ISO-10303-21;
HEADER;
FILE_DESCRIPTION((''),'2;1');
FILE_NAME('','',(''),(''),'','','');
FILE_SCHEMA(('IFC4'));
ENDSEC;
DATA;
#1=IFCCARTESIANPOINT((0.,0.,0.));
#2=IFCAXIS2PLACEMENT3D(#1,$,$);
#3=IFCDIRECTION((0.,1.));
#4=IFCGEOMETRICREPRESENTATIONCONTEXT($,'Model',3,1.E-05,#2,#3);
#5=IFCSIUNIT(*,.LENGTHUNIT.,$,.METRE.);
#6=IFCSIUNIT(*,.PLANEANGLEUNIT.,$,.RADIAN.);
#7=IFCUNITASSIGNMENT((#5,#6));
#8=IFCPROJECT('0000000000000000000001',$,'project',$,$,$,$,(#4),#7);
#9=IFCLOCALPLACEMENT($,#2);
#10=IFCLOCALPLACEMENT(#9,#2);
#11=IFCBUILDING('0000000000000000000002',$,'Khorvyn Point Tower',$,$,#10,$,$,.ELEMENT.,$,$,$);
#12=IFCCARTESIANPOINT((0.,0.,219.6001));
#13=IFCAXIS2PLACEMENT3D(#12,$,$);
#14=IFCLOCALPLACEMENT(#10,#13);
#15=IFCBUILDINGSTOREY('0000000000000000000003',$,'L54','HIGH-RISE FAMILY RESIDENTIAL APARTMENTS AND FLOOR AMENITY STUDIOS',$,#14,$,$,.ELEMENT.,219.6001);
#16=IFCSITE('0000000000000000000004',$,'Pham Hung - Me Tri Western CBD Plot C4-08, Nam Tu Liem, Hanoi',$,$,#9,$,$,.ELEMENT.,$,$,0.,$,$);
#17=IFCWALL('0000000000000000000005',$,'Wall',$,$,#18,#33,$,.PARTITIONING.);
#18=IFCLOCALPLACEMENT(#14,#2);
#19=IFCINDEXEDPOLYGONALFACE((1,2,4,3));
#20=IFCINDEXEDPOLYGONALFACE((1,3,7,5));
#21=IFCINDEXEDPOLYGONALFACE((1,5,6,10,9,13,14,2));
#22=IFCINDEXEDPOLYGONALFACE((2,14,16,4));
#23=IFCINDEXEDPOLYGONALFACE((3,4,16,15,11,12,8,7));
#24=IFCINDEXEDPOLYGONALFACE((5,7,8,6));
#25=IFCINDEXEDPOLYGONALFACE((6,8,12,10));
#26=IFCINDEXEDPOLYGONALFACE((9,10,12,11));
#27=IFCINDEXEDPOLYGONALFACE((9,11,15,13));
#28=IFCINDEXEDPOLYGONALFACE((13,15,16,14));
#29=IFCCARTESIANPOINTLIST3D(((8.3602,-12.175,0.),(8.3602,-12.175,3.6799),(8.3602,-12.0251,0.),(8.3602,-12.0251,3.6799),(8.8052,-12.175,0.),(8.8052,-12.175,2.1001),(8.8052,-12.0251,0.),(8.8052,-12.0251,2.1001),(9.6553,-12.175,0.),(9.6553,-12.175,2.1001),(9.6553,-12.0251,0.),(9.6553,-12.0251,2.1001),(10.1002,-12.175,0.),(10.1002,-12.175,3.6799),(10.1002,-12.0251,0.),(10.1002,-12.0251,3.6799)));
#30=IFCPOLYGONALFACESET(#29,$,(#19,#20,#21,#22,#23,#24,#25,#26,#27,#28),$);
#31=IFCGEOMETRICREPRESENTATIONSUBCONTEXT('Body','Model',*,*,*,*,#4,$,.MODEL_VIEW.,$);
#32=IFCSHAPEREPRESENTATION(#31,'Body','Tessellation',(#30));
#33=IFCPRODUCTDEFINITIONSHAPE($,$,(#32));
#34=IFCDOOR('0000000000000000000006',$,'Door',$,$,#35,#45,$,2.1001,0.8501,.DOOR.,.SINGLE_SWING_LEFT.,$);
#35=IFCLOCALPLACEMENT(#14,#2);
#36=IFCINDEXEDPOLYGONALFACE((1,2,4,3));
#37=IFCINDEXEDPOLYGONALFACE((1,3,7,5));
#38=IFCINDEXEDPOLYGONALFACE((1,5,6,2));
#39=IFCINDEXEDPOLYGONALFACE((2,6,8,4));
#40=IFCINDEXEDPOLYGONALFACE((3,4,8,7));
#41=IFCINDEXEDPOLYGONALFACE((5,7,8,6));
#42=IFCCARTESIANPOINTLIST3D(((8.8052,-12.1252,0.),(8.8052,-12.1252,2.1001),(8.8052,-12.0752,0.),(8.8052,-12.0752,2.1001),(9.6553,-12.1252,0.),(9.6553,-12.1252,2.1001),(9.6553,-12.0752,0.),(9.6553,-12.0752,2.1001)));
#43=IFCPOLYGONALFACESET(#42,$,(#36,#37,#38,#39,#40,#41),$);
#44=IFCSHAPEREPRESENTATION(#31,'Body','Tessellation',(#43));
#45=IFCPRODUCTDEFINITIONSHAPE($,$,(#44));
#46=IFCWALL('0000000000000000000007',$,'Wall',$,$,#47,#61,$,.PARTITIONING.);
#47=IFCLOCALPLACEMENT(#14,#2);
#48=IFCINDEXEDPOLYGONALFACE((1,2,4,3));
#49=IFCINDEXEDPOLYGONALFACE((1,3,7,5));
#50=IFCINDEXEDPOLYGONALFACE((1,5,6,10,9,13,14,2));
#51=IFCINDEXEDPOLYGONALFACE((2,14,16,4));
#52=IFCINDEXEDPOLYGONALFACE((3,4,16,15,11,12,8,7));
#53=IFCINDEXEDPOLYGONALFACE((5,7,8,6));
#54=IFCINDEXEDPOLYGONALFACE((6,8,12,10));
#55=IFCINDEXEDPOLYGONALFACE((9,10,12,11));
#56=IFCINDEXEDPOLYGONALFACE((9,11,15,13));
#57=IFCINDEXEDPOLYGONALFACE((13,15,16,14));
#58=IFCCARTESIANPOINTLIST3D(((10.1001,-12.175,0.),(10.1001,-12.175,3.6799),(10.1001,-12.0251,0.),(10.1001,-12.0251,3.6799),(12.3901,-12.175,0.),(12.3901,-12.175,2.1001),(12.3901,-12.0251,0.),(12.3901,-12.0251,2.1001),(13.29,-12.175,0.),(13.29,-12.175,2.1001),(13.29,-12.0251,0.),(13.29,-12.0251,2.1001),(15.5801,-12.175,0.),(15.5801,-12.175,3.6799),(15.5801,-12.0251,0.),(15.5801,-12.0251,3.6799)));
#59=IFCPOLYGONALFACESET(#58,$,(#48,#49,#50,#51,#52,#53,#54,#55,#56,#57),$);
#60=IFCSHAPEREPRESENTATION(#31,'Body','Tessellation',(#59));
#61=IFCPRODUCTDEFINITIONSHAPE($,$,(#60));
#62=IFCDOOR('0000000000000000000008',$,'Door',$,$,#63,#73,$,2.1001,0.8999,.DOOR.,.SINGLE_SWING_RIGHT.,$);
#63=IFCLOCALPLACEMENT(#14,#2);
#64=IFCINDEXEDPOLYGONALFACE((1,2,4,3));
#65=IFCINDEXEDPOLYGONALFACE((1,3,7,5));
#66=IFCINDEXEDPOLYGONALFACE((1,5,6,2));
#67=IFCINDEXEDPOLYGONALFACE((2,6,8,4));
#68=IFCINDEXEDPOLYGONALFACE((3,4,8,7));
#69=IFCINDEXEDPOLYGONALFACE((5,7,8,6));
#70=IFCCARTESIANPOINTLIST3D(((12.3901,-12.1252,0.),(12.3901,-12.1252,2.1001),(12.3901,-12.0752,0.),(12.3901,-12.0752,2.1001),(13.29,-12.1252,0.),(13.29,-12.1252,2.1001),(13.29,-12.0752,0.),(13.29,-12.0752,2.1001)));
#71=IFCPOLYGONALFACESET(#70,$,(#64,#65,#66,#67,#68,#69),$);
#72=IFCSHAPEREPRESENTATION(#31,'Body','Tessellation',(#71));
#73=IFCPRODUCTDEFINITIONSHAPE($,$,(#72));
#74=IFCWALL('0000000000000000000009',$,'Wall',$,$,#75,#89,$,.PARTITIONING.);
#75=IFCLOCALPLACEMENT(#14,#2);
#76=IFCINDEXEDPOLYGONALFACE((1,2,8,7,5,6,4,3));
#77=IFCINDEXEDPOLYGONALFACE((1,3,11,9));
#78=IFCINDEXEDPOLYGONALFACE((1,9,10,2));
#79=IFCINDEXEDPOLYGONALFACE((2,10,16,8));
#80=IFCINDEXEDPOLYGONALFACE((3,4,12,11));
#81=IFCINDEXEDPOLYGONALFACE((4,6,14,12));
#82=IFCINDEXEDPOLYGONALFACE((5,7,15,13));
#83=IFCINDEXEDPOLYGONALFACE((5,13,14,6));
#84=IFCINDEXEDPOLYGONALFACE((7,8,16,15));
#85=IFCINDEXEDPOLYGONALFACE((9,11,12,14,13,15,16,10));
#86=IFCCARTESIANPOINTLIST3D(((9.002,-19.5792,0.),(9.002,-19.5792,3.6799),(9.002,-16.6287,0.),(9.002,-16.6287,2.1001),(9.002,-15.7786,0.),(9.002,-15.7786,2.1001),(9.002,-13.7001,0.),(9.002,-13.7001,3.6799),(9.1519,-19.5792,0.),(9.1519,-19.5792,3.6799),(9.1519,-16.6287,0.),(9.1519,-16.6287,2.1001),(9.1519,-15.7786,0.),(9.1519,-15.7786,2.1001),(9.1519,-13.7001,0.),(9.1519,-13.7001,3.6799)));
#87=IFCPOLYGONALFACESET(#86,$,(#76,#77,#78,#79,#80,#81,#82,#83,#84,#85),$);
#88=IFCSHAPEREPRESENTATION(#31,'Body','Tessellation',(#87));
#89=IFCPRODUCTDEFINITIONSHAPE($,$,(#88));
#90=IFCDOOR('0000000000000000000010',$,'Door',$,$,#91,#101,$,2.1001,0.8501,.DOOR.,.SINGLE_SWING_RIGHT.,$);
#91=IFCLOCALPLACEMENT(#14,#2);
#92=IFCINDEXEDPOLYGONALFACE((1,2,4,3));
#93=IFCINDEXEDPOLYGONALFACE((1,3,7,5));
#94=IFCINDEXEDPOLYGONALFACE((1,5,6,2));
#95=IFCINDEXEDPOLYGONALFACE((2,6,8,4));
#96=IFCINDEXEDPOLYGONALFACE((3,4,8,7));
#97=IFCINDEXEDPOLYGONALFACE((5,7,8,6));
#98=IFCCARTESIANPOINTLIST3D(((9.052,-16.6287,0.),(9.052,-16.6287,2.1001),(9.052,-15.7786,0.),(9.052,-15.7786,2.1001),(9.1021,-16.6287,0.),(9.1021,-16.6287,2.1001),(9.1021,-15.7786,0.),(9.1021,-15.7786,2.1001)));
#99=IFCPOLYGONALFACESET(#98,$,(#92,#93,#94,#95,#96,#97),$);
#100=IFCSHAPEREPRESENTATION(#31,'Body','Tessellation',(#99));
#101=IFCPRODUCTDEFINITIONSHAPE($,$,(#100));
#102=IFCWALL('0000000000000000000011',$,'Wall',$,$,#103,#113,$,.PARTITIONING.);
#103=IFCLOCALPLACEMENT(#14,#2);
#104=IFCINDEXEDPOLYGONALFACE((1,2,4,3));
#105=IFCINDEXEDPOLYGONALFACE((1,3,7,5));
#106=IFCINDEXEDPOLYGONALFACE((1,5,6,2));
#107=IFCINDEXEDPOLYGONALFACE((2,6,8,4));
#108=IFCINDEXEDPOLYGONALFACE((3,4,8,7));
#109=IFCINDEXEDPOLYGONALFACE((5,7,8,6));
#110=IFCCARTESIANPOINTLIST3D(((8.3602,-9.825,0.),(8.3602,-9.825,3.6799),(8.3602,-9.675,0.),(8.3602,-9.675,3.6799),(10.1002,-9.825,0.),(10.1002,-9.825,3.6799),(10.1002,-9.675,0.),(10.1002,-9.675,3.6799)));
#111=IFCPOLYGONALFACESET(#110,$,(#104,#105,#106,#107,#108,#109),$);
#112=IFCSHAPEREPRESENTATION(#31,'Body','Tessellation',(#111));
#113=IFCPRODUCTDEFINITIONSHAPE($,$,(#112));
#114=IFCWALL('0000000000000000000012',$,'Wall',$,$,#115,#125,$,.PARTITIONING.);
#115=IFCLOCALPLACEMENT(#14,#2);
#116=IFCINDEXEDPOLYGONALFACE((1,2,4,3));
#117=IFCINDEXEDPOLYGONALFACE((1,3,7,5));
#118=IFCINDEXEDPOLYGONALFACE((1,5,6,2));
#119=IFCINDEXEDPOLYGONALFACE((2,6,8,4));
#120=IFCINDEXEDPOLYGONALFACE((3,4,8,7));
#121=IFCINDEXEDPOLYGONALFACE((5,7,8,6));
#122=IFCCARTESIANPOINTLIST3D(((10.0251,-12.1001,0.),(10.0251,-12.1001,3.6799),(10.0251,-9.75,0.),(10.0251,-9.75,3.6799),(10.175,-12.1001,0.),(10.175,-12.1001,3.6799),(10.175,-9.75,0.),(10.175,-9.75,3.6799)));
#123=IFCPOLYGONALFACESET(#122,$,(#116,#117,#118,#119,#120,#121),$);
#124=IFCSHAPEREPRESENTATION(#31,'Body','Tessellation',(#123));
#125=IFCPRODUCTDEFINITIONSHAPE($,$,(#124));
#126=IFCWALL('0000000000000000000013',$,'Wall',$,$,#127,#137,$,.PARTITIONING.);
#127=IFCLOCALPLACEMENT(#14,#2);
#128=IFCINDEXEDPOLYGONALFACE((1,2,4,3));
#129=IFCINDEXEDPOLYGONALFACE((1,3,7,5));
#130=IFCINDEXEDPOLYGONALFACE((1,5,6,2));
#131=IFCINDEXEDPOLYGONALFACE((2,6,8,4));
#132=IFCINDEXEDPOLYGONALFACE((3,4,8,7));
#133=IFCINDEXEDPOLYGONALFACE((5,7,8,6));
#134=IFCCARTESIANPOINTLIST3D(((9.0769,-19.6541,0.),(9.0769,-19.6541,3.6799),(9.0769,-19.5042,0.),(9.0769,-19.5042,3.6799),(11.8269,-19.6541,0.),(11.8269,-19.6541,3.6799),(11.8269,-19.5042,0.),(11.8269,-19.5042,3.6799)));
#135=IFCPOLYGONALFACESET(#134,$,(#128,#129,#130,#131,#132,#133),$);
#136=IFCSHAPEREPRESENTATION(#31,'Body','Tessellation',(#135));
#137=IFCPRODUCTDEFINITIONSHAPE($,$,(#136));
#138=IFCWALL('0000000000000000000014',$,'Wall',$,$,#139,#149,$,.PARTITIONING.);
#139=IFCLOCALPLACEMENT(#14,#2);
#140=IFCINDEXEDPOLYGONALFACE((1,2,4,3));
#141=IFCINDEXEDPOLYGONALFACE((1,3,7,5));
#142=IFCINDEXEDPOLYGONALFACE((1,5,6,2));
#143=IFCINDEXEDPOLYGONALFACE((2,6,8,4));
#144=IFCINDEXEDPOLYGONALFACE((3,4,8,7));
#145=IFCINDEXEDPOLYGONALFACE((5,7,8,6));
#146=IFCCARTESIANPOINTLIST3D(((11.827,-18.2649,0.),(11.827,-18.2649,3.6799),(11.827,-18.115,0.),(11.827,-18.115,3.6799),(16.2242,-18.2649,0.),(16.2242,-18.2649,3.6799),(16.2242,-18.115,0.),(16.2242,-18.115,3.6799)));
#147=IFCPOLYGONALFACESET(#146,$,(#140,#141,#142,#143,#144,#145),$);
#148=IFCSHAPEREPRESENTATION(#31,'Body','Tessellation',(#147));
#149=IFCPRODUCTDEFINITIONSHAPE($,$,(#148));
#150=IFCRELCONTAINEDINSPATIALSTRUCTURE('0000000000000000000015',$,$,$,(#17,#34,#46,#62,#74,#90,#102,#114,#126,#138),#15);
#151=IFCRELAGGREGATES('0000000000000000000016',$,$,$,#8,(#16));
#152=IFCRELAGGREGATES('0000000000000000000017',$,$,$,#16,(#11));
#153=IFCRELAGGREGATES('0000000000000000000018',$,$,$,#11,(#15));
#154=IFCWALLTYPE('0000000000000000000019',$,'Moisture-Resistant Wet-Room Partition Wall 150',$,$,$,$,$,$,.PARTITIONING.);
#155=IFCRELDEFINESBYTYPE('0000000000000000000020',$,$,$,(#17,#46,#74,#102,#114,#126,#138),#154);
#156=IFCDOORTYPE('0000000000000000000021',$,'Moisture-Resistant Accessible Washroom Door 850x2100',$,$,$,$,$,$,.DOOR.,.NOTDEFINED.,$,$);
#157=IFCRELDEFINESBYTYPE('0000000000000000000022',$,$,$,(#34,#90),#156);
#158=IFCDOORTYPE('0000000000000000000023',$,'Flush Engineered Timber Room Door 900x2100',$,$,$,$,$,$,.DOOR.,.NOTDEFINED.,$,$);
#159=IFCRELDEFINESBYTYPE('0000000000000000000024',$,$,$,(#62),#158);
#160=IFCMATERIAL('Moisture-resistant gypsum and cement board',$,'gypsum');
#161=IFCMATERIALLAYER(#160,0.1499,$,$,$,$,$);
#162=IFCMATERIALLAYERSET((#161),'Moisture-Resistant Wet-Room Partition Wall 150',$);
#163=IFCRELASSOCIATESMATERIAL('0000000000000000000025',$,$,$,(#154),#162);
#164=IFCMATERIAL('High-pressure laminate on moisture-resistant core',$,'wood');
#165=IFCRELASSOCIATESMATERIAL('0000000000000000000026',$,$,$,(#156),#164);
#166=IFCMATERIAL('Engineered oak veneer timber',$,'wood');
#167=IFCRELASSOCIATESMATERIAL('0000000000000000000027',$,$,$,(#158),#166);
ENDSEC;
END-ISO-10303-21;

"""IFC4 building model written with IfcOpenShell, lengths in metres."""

from ifc_helpers import new_model, si_unit, direction, frame, frame_2d, origin, place, context, subcontext, project, spatial, rectangle, extrude, material, layer, layer_set, type_object, element, fill, save


model = new_model("IFC4")

# Units and contexts
model_context = context("Model", 3, precision=1e-05, world=origin(), true_north=direction((0.0, 1.0)))
body_context = subcontext(model_context, "Body", "Model", "MODEL_VIEW")
ifc_project = project(units=[si_unit("LENGTHUNIT", "METRE"), si_unit("PLANEANGLEUNIT", "RADIAN")], contexts=[model_context])

# Site, building, storey
site_placement = place(None, origin())
site = spatial("IfcSite", under=ifc_project, at=site_placement, Name="Pham Hung - Me Tri Western CBD Plot C4-08, Nam Tu Liem, Hanoi", CompositionType="ELEMENT", RefElevation=0.0)
building_placement = place(site_placement, origin())
building = spatial("IfcBuilding", under=site, at=building_placement, Name="Khorvyn Point Tower", CompositionType="ELEMENT")
storey_placement = place(building_placement, frame((0.0, 0.0, 219.6001)))
storey = spatial("IfcBuildingStorey", under=building, at=storey_placement, Name="L54", Description="HIGH-RISE FAMILY RESIDENTIAL APARTMENTS AND FLOOR AMENITY STUDIOS", CompositionType="ELEMENT", Elevation=219.6001)

# Walls, openings, doors
ifc_material_1 = material(Name="Moisture-resistant gypsum and cement board", Category="gypsum")
ifc_layer_1 = layer(ifc_material_1, 0.1499)
ifc_layer_set_1 = layer_set([ifc_layer_1], Name="Moisture-Resistant Wet-Room Partition Wall 150")
wall_type_1 = type_object("IfcWallType", Name="Moisture-Resistant Wet-Room Partition Wall 150", PredefinedType="PARTITIONING", material=ifc_layer_set_1)
wall_1_placement = place(storey_placement, frame((8.3601, -12.1001, 0.0), z_axis=(0.0, 0.0, 1.0), x_axis=(1.0, 0.0, 0.0)))
wall_1 = element("IfcWall", 1, at=wall_1_placement, inside=storey, type_object=wall_type_1, Name="Wall", PredefinedType="PARTITIONING", context=body_context, shape_type="SweptSolid", body=[
    extrude(rectangle(XDim=1.74, YDim=0.1499, at=frame_2d((0.8701, 0.0))), origin(), (0.0, 0.0, 1.0), 3.6799),
])
opening_1_placement = place(wall_1_placement, frame((0.4451, 0.0, 0.0)))
opening_1 = element("IfcOpeningElement", 2, at=opening_1_placement, cuts=wall_1, PredefinedType="OPENING", context=body_context, shape_type="SweptSolid", body=[
    extrude(rectangle(XDim=0.8501, YDim=2.1001, at=frame_2d((0.425, 1.05))), frame((0.0, 0.085, 0.0), z_axis=(0.0, -1.0, 0.0), x_axis=(1.0, 0.0, 0.0)), (0.0, 0.0, 1.0), 0.1699),
])
ifc_material_2 = material(Name="High-pressure laminate on moisture-resistant core", Category="wood")
door_type_1 = type_object("IfcDoorType", Name="Moisture-Resistant Accessible Washroom Door 850x2100", OperationType="NOTDEFINED", PredefinedType="DOOR", material=ifc_material_2)
door_1_placement = place(opening_1_placement, origin())
door_1 = element("IfcDoor", 3, at=door_1_placement, inside=storey, type_object=door_type_1, Name="Door", OperationType="SINGLE_SWING_LEFT", OverallHeight=2.1001, OverallWidth=0.8501, PredefinedType="DOOR", context=body_context, shape_type="SweptSolid", body=[
    extrude(rectangle(XDim=0.8501, YDim=2.1001, at=frame_2d((0.425, 1.05))), frame((0.0, 0.0249, 0.0), z_axis=(0.0, -1.0, 0.0), x_axis=(1.0, 0.0, 0.0)), (0.0, 0.0, 1.0), 0.05),
])
fill(opening_1, door_1)
wall_2_placement = place(storey_placement, frame((10.1001, -12.1001, 0.0), z_axis=(0.0, 0.0, 1.0), x_axis=(1.0, 0.0, 0.0)))
wall_2 = element("IfcWall", 4, at=wall_2_placement, inside=storey, type_object=wall_type_1, Name="Wall", PredefinedType="PARTITIONING", context=body_context, shape_type="SweptSolid", body=[
    extrude(rectangle(XDim=5.48, YDim=0.1499, at=frame_2d((2.74, 0.0))), origin(), (0.0, 0.0, 1.0), 3.6799),
])
opening_2_placement = place(wall_2_placement, frame((2.29, 0.0, 0.0)))
opening_2 = element("IfcOpeningElement", 5, at=opening_2_placement, cuts=wall_2, PredefinedType="OPENING", context=body_context, shape_type="SweptSolid", body=[
    extrude(rectangle(XDim=0.8999, YDim=2.1001, at=frame_2d((0.45, 1.05))), frame((0.0, 0.085, 0.0), z_axis=(0.0, -1.0, 0.0), x_axis=(1.0, 0.0, 0.0)), (0.0, 0.0, 1.0), 0.1699),
])
ifc_material_3 = material(Name="Engineered oak veneer timber", Category="wood")
door_type_2 = type_object("IfcDoorType", Name="Flush Engineered Timber Room Door 900x2100", OperationType="NOTDEFINED", PredefinedType="DOOR", material=ifc_material_3)
door_2_placement = place(opening_2_placement, origin())
door_2 = element("IfcDoor", 6, at=door_2_placement, inside=storey, type_object=door_type_2, Name="Door", OperationType="SINGLE_SWING_RIGHT", OverallHeight=2.1001, OverallWidth=0.8999, PredefinedType="DOOR", context=body_context, shape_type="SweptSolid", body=[
    extrude(rectangle(XDim=0.8999, YDim=2.1001, at=frame_2d((0.45, 1.05))), frame((0.0, 0.0249, 0.0), z_axis=(0.0, -1.0, 0.0), x_axis=(1.0, 0.0, 0.0)), (0.0, 0.0, 1.0), 0.05),
])
fill(opening_2, door_2)
wall_3_placement = place(storey_placement, frame((9.0769, -19.5791, 0.0), z_axis=(0.0, 0.0, 1.0), x_axis=(0.0, 1.0, 0.0)))
wall_3 = element("IfcWall", 7, at=wall_3_placement, inside=storey, type_object=wall_type_1, Name="Wall", PredefinedType="PARTITIONING", context=body_context, shape_type="SweptSolid", body=[
    extrude(rectangle(XDim=5.8792, YDim=0.1499, at=frame_2d((2.9395, 0.0))), origin(), (0.0, 0.0, 1.0), 3.6799),
])
opening_3_placement = place(wall_3_placement, frame((2.9504, 0.0, 0.0)))
opening_3 = element("IfcOpeningElement", 8, at=opening_3_placement, cuts=wall_3, PredefinedType="OPENING", context=body_context, shape_type="SweptSolid", body=[
    extrude(rectangle(XDim=0.8501, YDim=2.1001, at=frame_2d((0.425, 1.05))), frame((0.0, 0.085, 0.0), z_axis=(0.0, -1.0, 0.0), x_axis=(1.0, 0.0, 0.0)), (0.0, 0.0, 1.0), 0.1699),
])
door_3_placement = place(opening_3_placement, origin())
door_3 = element("IfcDoor", 9, at=door_3_placement, inside=storey, type_object=door_type_1, Name="Door", OperationType="SINGLE_SWING_RIGHT", OverallHeight=2.1001, OverallWidth=0.8501, PredefinedType="DOOR", context=body_context, shape_type="SweptSolid", body=[
    extrude(rectangle(XDim=0.8501, YDim=2.1001, at=frame_2d((0.425, 1.05))), frame((0.0, 0.0249, 0.0), z_axis=(0.0, -1.0, 0.0), x_axis=(1.0, 0.0, 0.0)), (0.0, 0.0, 1.0), 0.05),
])
fill(opening_3, door_3)

# Walls
wall_4_placement = place(storey_placement, frame((8.3601, -9.75, 0.0), z_axis=(0.0, 0.0, 1.0), x_axis=(1.0, 0.0, 0.0)))
element("IfcWall", 10, at=wall_4_placement, inside=storey, type_object=wall_type_1, Name="Wall", PredefinedType="PARTITIONING", context=body_context, shape_type="SweptSolid", body=[
    extrude(rectangle(XDim=1.74, YDim=0.1499, at=frame_2d((0.8701, 0.0))), origin(), (0.0, 0.0, 1.0), 3.6799),
])
wall_5_placement = place(storey_placement, frame((10.1001, -12.1001, 0.0), z_axis=(0.0, 0.0, 1.0), x_axis=(0.0, 1.0, 0.0)))
element("IfcWall", 11, at=wall_5_placement, inside=storey, type_object=wall_type_1, Name="Wall", PredefinedType="PARTITIONING", context=body_context, shape_type="SweptSolid", body=[
    extrude(rectangle(XDim=2.3501, YDim=0.1499, at=frame_2d((1.175, 0.0))), origin(), (0.0, 0.0, 1.0), 3.6799),
])
wall_6_placement = place(storey_placement, frame((9.0769, -19.5791, 0.0), z_axis=(0.0, 0.0, 1.0), x_axis=(1.0, 0.0, 0.0)))
element("IfcWall", 12, at=wall_6_placement, inside=storey, type_object=wall_type_1, Name="Wall", PredefinedType="PARTITIONING", context=body_context, shape_type="SweptSolid", body=[
    extrude(rectangle(XDim=2.75, YDim=0.1499, at=frame_2d((1.375, 0.0))), origin(), (0.0, 0.0, 1.0), 3.6799),
])
wall_7_placement = place(storey_placement, frame((11.8269, -18.1899, 0.0), z_axis=(0.0, 0.0, 1.0), x_axis=(1.0, 0.0, 0.0)))
element("IfcWall", 13, at=wall_7_placement, inside=storey, type_object=wall_type_1, Name="Wall", PredefinedType="PARTITIONING", context=body_context, shape_type="SweptSolid", body=[
    extrude(rectangle(XDim=4.3972, YDim=0.1499, at=frame_2d((2.1987, 0.0))), origin(), (0.0, 0.0, 1.0), 3.6799),
])

save(model, "model.ifc")
